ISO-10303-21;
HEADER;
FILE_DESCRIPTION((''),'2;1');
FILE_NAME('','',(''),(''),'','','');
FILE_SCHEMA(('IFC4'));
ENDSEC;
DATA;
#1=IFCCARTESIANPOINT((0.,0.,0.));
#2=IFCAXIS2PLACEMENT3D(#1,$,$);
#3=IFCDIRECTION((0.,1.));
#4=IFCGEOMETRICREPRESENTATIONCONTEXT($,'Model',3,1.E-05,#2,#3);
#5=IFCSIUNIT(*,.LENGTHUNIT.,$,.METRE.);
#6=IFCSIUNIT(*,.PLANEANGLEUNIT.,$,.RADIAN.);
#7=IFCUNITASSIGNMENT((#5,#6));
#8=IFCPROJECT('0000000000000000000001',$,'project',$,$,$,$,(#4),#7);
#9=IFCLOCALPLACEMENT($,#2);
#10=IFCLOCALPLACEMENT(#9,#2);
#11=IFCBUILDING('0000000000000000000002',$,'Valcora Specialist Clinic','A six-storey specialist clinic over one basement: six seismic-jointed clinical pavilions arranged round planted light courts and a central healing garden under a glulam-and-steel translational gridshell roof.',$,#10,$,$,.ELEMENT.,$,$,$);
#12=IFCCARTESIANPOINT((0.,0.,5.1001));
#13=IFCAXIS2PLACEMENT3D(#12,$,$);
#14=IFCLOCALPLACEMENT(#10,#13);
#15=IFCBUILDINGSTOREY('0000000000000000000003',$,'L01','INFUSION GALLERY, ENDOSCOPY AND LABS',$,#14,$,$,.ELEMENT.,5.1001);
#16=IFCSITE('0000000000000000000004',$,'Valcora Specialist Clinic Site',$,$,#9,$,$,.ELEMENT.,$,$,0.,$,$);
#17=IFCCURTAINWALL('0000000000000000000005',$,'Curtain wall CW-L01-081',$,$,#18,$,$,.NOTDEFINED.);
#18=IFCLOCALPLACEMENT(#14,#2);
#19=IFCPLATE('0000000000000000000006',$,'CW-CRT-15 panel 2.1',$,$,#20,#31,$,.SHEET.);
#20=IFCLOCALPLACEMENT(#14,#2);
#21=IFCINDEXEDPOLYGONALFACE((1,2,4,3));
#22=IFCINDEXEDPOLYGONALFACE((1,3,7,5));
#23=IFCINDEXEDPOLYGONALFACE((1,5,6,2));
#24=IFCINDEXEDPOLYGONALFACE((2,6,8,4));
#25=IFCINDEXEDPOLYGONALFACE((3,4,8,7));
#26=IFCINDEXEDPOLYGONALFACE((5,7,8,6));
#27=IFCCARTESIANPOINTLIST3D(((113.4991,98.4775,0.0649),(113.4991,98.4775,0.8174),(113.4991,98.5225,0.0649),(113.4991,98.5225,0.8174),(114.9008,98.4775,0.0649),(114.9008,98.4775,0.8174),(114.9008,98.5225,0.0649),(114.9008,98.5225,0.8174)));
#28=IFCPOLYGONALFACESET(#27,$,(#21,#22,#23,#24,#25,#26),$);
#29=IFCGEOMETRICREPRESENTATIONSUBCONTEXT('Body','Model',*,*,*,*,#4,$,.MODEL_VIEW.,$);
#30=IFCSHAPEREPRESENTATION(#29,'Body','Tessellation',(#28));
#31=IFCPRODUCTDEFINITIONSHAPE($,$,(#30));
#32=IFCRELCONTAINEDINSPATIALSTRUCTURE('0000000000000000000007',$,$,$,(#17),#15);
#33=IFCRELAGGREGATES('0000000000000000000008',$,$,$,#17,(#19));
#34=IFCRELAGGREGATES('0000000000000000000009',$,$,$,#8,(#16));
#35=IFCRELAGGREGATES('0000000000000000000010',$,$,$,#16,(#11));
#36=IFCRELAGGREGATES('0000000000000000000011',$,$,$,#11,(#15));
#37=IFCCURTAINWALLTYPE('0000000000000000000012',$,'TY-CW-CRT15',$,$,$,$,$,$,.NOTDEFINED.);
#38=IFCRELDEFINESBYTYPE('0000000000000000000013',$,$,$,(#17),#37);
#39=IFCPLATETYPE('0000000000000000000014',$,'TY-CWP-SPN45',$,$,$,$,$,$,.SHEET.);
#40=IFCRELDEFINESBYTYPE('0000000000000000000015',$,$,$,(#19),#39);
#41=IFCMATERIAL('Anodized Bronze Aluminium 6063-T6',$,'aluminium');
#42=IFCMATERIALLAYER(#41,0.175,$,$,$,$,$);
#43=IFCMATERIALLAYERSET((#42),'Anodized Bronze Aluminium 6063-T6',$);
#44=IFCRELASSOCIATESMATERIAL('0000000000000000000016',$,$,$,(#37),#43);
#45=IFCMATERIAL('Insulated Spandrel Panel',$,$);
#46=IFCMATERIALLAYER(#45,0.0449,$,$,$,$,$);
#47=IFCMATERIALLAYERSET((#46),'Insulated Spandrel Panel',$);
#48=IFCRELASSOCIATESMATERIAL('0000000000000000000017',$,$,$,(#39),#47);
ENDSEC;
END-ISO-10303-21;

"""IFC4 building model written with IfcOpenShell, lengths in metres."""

from ifc_helpers import new_model, si_unit, direction, frame, origin, origin_2d, place, context, subcontext, project, spatial, rectangle, extrude, material, layer, layer_set, type_object, element, aggregate, save


model = new_model("IFC4")

# Units and contexts
model_context = context("Model", 3, precision=1e-05, world=origin(), true_north=direction((0.0, 1.0)))
body_context = subcontext(model_context, "Body", "Model", "MODEL_VIEW")
ifc_project = project(units=[si_unit("LENGTHUNIT", "METRE"), si_unit("PLANEANGLEUNIT", "RADIAN")], contexts=[model_context])

# Site, building, storey
site_placement = place(None, origin())
site = spatial("IfcSite", under=ifc_project, at=site_placement, Name="Valcora Specialist Clinic Site", CompositionType="ELEMENT", RefElevation=0.0)
building_placement = place(site_placement, origin())
building = spatial("IfcBuilding", under=site, at=building_placement, Name="Valcora Specialist Clinic", Description="A six-storey specialist clinic over one basement: six seismic-jointed clinical pavilions arranged round planted light courts and a central healing garden under a glulam-and-steel translational gridshell roof.", CompositionType="ELEMENT")
storey_placement = place(building_placement, frame((0.0, 0.0, 5.1001)))
storey = spatial("IfcBuildingStorey", under=building, at=storey_placement, Name="L01", Description="INFUSION GALLERY, ENDOSCOPY AND LABS", CompositionType="ELEMENT", Elevation=5.1001)

# Shared definitions
ifc_material_1 = material(Name="Anodized Bronze Aluminium 6063-T6", Category="aluminium")
ifc_layer_1 = layer(ifc_material_1, 0.175)
ifc_layer_set_1 = layer_set([ifc_layer_1], Name="Anodized Bronze Aluminium 6063-T6")
curtain_wall_type = type_object("IfcCurtainWallType", Name="TY-CW-CRT15", PredefinedType="NOTDEFINED", material=ifc_layer_set_1)

# Curtain wall
curtain_wall_1_placement = place(storey_placement, origin())
curtain_wall_1 = element("IfcCurtainWall", 1, at=curtain_wall_1_placement, inside=storey, type_object=curtain_wall_type, Name="Curtain wall CW-L01-081", PredefinedType="NOTDEFINED")

# Plate
ifc_material_2 = material(Name="Insulated Spandrel Panel")
ifc_layer_2 = layer(ifc_material_2, 0.0449)
ifc_layer_set_2 = layer_set([ifc_layer_2], Name="Insulated Spandrel Panel")
plate_type_1 = type_object("IfcPlateType", Name="TY-CWP-SPN45", PredefinedType="SHEET", material=ifc_layer_set_2)
plate_1_placement = place(storey_placement, frame((114.2, 98.5, 0.0649), z_axis=(0.0, 0.0, 1.0), x_axis=(-1.0, 0.0, 0.0)))
plate_1 = element("IfcPlate", 2, at=plate_1_placement, type_object=plate_type_1, Name="CW-CRT-15 panel 2.1", PredefinedType="SHEET", context=body_context, shape_type="SweptSolid", body=[
    extrude(rectangle(XDim=1.4016, YDim=0.0449, at=origin_2d()), origin(), (0.0, 0.0, 1.0), 0.7524),
])
aggregate(curtain_wall_1, [plate_1])

save(model, "model.ifc")
